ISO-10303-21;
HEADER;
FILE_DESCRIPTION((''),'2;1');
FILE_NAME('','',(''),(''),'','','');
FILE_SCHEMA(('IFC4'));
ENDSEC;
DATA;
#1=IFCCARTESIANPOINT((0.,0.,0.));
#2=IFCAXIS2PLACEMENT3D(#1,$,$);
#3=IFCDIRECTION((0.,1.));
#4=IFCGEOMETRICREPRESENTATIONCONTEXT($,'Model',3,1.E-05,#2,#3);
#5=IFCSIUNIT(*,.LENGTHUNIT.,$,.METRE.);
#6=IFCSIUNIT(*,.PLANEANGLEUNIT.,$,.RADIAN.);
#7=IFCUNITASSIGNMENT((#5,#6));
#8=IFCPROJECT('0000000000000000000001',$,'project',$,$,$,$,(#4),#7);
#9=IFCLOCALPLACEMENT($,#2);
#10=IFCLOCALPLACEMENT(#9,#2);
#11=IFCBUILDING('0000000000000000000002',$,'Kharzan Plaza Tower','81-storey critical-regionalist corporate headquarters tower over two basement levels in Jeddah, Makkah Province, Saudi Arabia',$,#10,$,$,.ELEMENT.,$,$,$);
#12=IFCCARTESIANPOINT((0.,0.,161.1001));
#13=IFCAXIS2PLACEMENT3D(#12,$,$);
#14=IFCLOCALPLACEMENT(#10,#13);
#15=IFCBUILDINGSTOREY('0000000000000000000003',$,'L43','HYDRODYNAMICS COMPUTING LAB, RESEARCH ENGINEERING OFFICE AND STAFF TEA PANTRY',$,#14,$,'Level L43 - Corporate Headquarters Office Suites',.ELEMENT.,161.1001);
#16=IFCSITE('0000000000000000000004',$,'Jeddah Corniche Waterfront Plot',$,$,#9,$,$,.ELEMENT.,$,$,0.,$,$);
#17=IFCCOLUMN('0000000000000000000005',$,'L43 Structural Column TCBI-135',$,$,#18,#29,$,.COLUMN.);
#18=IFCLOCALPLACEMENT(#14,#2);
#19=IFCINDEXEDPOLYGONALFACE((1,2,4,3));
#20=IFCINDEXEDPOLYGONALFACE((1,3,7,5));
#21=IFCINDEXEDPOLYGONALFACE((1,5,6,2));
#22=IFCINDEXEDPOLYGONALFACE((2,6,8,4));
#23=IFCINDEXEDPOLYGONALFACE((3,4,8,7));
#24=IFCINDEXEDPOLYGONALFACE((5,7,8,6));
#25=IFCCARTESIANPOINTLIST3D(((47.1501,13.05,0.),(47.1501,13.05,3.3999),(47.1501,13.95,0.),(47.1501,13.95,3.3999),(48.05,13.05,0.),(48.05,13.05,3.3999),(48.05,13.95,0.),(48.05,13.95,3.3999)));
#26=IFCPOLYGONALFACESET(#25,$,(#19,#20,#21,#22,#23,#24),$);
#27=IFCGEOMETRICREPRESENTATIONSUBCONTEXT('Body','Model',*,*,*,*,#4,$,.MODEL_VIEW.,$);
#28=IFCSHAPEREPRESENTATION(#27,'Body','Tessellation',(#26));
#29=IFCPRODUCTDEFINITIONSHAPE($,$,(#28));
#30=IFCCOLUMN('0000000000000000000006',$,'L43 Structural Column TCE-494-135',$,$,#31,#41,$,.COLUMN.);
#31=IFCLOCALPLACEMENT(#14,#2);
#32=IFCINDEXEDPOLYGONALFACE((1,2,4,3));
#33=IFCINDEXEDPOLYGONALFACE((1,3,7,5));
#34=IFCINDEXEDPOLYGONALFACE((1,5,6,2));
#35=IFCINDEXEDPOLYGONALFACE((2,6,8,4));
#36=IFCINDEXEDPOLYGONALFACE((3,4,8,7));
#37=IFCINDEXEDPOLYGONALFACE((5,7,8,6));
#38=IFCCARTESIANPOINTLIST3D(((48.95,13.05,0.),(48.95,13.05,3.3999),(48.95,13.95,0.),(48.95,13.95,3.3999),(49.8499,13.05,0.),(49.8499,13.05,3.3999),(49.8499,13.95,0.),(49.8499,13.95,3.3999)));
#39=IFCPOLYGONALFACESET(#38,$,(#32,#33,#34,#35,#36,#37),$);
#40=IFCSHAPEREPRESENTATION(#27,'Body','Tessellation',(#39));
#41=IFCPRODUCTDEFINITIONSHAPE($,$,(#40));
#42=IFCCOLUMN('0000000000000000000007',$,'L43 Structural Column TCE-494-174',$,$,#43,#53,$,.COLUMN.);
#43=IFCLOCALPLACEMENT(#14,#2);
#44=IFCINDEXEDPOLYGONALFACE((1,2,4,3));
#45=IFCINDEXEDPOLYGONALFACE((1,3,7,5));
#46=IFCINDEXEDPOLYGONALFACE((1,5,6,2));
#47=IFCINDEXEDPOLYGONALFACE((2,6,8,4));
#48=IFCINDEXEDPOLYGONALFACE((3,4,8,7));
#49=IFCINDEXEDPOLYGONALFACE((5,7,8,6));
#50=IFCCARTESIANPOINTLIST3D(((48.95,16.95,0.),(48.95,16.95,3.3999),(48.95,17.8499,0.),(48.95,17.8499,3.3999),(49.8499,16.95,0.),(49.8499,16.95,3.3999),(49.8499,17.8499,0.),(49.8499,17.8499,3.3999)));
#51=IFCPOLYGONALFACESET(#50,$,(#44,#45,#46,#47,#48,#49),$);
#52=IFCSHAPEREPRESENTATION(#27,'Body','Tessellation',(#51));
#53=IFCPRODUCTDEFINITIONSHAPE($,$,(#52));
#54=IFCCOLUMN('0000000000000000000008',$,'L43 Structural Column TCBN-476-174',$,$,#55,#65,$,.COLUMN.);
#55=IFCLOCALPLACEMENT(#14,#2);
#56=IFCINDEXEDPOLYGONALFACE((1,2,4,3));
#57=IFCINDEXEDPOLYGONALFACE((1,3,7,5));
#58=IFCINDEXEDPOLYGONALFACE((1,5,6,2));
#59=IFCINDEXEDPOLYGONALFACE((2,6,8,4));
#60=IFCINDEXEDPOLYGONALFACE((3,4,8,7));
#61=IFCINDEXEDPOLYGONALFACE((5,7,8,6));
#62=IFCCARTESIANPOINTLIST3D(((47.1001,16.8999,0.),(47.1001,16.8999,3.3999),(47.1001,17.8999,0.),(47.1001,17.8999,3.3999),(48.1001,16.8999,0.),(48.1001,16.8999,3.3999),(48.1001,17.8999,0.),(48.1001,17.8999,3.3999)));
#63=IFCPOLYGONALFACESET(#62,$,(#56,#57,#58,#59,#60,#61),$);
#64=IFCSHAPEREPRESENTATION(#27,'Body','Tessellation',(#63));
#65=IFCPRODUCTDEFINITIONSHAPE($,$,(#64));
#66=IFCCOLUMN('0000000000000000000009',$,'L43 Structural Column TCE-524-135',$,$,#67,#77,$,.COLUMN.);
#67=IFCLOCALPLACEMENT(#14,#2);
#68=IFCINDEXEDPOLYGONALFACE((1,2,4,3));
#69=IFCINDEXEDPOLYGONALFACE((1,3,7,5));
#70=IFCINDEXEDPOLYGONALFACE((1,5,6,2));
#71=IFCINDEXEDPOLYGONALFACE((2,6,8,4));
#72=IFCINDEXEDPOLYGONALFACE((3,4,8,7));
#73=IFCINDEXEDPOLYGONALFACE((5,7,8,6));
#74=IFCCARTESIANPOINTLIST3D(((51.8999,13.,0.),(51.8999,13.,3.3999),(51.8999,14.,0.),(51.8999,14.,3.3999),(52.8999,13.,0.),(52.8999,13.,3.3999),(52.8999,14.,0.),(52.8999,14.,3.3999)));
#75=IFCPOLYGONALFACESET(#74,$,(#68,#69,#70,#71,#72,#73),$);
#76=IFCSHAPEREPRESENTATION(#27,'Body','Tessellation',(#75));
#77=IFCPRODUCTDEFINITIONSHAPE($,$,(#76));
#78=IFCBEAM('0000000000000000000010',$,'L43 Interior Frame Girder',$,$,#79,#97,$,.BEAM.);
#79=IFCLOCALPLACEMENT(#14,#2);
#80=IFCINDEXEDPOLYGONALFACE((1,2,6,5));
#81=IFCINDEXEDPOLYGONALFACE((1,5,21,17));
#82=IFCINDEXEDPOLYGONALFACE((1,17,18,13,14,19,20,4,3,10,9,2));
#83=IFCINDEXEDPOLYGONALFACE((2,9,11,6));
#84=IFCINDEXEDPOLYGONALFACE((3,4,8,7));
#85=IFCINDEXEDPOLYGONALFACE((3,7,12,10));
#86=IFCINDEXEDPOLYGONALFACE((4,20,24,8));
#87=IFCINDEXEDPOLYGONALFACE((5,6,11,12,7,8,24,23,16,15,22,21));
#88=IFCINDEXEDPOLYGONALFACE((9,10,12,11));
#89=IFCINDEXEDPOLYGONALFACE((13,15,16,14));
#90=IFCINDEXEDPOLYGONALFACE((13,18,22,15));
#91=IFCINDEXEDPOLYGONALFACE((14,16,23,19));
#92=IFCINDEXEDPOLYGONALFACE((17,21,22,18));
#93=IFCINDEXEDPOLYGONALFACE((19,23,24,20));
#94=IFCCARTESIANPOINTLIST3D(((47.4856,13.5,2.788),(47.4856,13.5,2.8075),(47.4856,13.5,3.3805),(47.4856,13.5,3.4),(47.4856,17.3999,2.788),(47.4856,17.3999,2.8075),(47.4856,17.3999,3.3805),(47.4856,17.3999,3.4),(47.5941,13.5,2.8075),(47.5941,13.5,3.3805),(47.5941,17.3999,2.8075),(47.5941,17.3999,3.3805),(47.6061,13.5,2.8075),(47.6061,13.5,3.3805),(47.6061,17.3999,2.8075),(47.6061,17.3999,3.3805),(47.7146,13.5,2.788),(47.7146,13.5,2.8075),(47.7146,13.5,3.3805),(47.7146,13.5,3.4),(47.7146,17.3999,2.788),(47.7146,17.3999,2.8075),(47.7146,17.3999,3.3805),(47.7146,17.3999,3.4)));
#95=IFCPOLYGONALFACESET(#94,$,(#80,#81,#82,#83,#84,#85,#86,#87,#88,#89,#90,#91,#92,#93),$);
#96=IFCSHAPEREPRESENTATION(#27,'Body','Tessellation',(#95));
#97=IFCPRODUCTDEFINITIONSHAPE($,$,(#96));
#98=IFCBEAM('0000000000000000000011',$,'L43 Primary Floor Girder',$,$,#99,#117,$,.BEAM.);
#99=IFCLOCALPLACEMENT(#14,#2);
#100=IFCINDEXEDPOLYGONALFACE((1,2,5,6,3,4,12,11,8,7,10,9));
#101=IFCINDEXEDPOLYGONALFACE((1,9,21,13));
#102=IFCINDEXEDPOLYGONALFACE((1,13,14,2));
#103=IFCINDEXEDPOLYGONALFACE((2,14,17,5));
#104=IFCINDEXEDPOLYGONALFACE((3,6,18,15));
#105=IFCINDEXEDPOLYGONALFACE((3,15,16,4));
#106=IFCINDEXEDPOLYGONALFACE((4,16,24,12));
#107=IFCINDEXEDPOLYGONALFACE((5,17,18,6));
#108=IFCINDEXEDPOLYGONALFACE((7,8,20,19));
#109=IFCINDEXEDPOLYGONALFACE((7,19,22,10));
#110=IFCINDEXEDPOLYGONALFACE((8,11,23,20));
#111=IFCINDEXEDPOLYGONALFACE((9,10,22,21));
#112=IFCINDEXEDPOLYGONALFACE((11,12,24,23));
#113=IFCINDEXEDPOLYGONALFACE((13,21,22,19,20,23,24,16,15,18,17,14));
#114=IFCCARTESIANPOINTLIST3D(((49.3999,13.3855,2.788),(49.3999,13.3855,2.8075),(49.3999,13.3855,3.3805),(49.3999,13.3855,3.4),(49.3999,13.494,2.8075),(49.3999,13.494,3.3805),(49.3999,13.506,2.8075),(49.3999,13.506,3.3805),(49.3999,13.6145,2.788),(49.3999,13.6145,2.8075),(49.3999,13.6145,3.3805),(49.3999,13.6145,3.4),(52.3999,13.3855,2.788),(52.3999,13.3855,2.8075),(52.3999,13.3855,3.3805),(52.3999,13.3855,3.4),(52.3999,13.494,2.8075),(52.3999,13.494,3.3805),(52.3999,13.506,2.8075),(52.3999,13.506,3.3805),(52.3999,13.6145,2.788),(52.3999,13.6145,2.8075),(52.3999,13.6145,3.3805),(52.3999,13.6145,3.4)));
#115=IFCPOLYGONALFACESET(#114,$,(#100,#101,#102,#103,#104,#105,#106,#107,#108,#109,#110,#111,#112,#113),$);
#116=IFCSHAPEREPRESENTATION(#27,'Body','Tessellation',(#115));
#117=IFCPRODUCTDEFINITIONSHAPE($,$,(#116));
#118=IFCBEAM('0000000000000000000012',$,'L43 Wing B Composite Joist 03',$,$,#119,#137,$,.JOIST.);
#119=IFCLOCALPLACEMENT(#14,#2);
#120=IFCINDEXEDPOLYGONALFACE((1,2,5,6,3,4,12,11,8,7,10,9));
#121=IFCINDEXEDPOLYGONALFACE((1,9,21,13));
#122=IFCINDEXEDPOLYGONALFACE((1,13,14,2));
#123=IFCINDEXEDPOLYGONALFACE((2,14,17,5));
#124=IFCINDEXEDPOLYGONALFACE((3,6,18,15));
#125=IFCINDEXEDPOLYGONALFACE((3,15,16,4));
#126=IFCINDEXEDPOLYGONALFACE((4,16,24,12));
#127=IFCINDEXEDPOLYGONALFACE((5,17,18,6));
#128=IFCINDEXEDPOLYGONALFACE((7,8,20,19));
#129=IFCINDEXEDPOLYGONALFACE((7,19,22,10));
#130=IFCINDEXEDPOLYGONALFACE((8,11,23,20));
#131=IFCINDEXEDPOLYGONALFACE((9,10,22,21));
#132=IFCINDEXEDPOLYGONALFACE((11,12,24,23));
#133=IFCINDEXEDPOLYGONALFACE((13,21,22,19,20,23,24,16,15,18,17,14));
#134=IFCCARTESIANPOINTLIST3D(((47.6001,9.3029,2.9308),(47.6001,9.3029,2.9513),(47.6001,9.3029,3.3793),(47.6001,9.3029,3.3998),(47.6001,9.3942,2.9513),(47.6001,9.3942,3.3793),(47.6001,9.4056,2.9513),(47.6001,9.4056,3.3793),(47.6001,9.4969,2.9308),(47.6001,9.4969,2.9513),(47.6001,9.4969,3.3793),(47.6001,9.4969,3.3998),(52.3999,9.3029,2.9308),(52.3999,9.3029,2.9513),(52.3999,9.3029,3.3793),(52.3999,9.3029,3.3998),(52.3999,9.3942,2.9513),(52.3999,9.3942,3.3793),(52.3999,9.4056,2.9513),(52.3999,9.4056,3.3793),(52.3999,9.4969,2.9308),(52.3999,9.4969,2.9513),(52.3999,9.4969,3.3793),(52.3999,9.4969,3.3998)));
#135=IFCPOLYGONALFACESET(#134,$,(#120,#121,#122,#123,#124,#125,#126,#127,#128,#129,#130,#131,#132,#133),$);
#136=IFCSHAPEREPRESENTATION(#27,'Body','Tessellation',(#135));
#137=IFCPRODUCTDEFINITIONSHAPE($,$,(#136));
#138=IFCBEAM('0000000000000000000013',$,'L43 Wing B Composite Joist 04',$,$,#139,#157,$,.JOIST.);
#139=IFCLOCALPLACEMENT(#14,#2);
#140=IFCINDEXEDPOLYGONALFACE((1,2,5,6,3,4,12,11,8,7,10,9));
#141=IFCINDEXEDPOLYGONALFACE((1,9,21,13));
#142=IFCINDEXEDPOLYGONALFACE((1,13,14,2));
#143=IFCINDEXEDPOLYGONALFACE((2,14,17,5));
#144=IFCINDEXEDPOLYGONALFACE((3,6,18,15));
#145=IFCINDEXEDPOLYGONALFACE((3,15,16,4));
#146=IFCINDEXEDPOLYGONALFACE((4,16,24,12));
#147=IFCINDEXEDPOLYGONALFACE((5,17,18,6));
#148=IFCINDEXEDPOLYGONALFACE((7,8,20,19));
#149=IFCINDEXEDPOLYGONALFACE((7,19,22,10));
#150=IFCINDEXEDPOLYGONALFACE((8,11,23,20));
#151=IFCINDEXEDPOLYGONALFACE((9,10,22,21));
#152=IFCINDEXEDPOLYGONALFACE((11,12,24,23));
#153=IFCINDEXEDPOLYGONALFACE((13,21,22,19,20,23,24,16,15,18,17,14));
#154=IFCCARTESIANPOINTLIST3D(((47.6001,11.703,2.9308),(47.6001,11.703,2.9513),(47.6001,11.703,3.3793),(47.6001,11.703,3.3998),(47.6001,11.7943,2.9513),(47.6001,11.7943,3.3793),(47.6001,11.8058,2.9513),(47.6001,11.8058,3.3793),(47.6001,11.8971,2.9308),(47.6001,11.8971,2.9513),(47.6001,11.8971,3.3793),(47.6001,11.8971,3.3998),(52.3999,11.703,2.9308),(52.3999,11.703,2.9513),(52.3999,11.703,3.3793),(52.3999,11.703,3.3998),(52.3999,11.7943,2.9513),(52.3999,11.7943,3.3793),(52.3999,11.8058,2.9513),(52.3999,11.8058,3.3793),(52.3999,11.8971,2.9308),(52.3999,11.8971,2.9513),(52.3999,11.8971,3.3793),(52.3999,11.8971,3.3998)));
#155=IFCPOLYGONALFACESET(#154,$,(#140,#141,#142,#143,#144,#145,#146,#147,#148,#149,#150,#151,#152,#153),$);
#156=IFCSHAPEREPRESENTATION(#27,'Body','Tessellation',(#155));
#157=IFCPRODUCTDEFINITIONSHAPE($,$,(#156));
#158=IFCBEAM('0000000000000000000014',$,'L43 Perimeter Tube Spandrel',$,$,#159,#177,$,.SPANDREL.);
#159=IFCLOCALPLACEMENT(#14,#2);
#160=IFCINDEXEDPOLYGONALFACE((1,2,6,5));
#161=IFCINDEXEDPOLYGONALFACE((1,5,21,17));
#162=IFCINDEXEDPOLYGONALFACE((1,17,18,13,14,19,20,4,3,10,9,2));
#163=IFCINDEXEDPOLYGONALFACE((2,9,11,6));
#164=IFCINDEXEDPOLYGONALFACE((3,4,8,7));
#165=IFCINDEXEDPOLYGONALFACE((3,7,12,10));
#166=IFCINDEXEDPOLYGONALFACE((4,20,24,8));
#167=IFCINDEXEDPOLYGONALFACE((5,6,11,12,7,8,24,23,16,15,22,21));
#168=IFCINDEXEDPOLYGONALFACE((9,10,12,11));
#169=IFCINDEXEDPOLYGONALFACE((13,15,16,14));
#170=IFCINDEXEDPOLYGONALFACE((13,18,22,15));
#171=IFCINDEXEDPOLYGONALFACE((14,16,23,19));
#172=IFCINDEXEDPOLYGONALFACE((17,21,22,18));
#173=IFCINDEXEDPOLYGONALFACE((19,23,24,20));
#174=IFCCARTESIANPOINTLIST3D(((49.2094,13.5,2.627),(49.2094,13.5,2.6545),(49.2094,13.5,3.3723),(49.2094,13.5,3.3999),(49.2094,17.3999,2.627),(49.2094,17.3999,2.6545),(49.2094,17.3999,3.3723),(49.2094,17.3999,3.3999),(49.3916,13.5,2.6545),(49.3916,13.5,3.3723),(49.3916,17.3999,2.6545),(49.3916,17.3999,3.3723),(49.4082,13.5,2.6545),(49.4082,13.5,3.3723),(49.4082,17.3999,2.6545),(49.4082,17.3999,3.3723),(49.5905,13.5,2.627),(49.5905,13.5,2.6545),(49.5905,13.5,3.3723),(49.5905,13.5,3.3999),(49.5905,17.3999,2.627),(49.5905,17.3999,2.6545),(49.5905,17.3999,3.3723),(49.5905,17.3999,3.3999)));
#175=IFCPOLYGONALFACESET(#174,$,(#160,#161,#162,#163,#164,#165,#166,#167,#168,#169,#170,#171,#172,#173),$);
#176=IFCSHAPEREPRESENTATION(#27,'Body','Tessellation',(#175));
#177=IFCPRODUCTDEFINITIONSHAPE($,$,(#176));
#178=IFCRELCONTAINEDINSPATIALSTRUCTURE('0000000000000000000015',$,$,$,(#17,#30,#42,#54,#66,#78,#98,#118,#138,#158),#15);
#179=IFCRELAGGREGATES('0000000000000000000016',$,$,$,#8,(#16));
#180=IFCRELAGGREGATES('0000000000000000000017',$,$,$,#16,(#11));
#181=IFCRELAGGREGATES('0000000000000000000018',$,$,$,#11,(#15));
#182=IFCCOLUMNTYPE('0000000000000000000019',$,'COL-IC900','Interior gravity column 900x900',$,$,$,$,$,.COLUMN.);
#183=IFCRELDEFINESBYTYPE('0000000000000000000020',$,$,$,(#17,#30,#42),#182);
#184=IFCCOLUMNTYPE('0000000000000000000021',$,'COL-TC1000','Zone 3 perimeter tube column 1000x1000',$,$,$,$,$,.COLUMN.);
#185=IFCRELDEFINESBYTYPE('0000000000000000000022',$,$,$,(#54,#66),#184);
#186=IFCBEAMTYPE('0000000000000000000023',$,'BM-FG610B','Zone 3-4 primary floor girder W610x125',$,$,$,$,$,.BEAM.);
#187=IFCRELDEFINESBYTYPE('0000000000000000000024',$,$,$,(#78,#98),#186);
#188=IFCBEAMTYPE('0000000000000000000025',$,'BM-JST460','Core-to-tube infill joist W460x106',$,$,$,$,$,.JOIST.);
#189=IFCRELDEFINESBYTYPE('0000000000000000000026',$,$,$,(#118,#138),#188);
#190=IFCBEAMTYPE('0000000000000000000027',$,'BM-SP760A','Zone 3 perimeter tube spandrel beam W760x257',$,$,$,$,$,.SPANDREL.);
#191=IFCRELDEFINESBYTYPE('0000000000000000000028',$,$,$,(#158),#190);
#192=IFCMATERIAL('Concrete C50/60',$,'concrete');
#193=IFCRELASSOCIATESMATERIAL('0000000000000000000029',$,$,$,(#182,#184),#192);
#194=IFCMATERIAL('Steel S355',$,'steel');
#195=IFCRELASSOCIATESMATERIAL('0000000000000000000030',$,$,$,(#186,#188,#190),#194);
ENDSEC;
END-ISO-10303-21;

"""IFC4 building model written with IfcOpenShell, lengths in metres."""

from ifc_helpers import new_model, si_unit, direction, frame, origin, origin_2d, place, context, subcontext, project, spatial, rectangle, i_section, extrude, source, transform, mapped, material, material_profile, profile_set, type_object, element, save


model = new_model("IFC4")

# Units and contexts
model_context = context("Model", 3, precision=1e-05, world=origin(), true_north=direction((0.0, 1.0)))
body_context = subcontext(model_context, "Body", "Model", "MODEL_VIEW")
ifc_project = project(units=[si_unit("LENGTHUNIT", "METRE"), si_unit("PLANEANGLEUNIT", "RADIAN")], contexts=[model_context])

# Site, building, storey
site_placement = place(None, origin())
site = spatial("IfcSite", under=ifc_project, at=site_placement, Name="Jeddah Corniche Waterfront Plot", CompositionType="ELEMENT", RefElevation=0.0)
building_placement = place(site_placement, origin())
building = spatial("IfcBuilding", under=site, at=building_placement, Name="Kharzan Plaza Tower", Description="81-storey critical-regionalist corporate headquarters tower over two basement levels in Jeddah, Makkah Province, Saudi Arabia", CompositionType="ELEMENT")
storey_placement = place(building_placement, frame((0.0, 0.0, 161.1001)))
storey = spatial("IfcBuildingStorey", under=building, at=storey_placement, Name="L43", Description="HYDRODYNAMICS COMPUTING LAB, RESEARCH ENGINEERING OFFICE AND STAFF TEA PANTRY", LongName="Level L43 - Corporate Headquarters Office Suites", CompositionType="ELEMENT", Elevation=161.1001)

# Columns
ifc_material_1 = material(Name="Concrete C50/60", Category="concrete")
ifc_material_profile_1 = material_profile(ifc_material_1, rectangle(XDim=0.8999, YDim=0.8999, at=origin_2d()), Name="RC-IC900x900")
ifc_profile_set_1 = profile_set([ifc_material_profile_1], Name="Concrete C50/60")
column_type_1 = type_object("IfcColumnType", Name="COL-IC900", Description="Interior gravity column 900x900", PredefinedType="COLUMN", material=ifc_profile_set_1)
shared_shape_1 = source(origin(), body_context, "Body", "SweptSolid", [
    extrude(rectangle(XDim=0.8999, YDim=0.8999, at=origin_2d()), origin(), (0.0, 0.0, 1.0), 3.3999),
])
for number, where, z_axis, x_axis, name in (
    (1, (47.6001, 13.5, 0.0), (0.0, 0.0, 1.0), (1.0, 0.0, 0.0), "L43 Structural Column TCBI-135"),
    (2, (49.3999, 13.5, 0.0), (0.0, 0.0, 1.0), (1.0, 0.0, 0.0), "L43 Structural Column TCE-494-135"),
    (3, (49.3999, 17.3999, 0.0), (0.0, 0.0, 1.0), (1.0, 0.0, 0.0), "L43 Structural Column TCE-494-174"),
):
    element("IfcColumn", number, at=place(storey_placement, frame(where, z_axis=z_axis, x_axis=x_axis)), inside=storey, type_object=column_type_1, Name=name, PredefinedType="COLUMN", context=body_context, shape_type="MappedRepresentation", body=[
        mapped(shared_shape_1, transform((0.0, 0.0, 0.0), x_axis=(1.0, 0.0, 0.0), y_axis=(0.0, 1.0, 0.0), z_axis=(0.0, 0.0, 1.0))),
    ])
ifc_material_profile_2 = material_profile(ifc_material_1, rectangle(XDim=1.0, YDim=1.0, at=origin_2d()), Name="RC-TC1000x1000")
ifc_profile_set_2 = profile_set([ifc_material_profile_2], Name="Concrete C50/60")
column_type_2 = type_object("IfcColumnType", Name="COL-TC1000", Description="Zone 3 perimeter tube column 1000x1000", PredefinedType="COLUMN", material=ifc_profile_set_2)
shared_shape_2 = source(origin(), body_context, "Body", "SweptSolid", [
    extrude(rectangle(XDim=1.0, YDim=1.0, at=origin_2d()), origin(), (0.0, 0.0, 1.0), 3.3999),
])
for number, where, z_axis, x_axis, name in (
    (4, (47.6001, 17.3999, 0.0), (0.0, 0.0, 1.0), (1.0, 0.0, 0.0), "L43 Structural Column TCBN-476-174"),
    (5, (52.3999, 13.5, 0.0), (0.0, 0.0, 1.0), (1.0, 0.0, 0.0), "L43 Structural Column TCE-524-135"),
):
    element("IfcColumn", number, at=place(storey_placement, frame(where, z_axis=z_axis, x_axis=x_axis)), inside=storey, type_object=column_type_2, Name=name, PredefinedType="COLUMN", context=body_context, shape_type="MappedRepresentation", body=[
        mapped(shared_shape_2, transform((0.0, 0.0, 0.0), x_axis=(1.0, 0.0, 0.0), y_axis=(0.0, 1.0, 0.0), z_axis=(0.0, 0.0, 1.0))),
    ])

# Beams
ifc_material_2 = material(Name="Steel S355", Category="steel")
ifc_material_profile_3 = material_profile(ifc_material_2, i_section(OverallWidth=0.229, OverallDepth=0.6121, WebThickness=0.012, FlangeThickness=0.0195, at=origin_2d()), Name="W610x125")
ifc_profile_set_3 = profile_set([ifc_material_profile_3], Name="Steel S355")
beam_type_1 = type_object("IfcBeamType", Name="BM-FG610B", Description="Zone 3-4 primary floor girder W610x125", PredefinedType="BEAM", material=ifc_profile_set_3)
shared_shape_3 = source(origin(), body_context, "Body", "SweptSolid", [
    extrude(i_section(OverallWidth=0.229, OverallDepth=0.6121, WebThickness=0.012, FlangeThickness=0.0195, at=origin_2d()), origin(), (0.0, 0.0, 1.0), 3.8999),
])
beam_1_placement = place(storey_placement, frame((47.6001, 13.5, 3.094), z_axis=(0.0, 1.0, 0.0), x_axis=(-1.0, 0.0, 0.0)))
element("IfcBeam", 6, at=beam_1_placement, inside=storey, type_object=beam_type_1, Name="L43 Interior Frame Girder", PredefinedType="BEAM", context=body_context, shape_type="MappedRepresentation", body=[
    mapped(shared_shape_3, transform((0.0, 0.0, 0.0), x_axis=(1.0, 0.0, 0.0), y_axis=(0.0, 1.0, 0.0), z_axis=(0.0, 0.0, 1.0))),
])
shared_shape_4 = source(origin(), body_context, "Body", "SweptSolid", [
    extrude(i_section(OverallWidth=0.229, OverallDepth=0.6121, WebThickness=0.012, FlangeThickness=0.0195, at=origin_2d()), origin(), (0.0, 0.0, 1.0), 3.0),
])
beam_2_placement = place(storey_placement, frame((49.3999, 13.5, 3.094), z_axis=(1.0, 0.0, 0.0), x_axis=(0.0, 1.0, 0.0)))
element("IfcBeam", 7, at=beam_2_placement, inside=storey, type_object=beam_type_1, Name="L43 Primary Floor Girder", PredefinedType="BEAM", context=body_context, shape_type="MappedRepresentation", body=[
    mapped(shared_shape_4, transform((0.0, 0.0, 0.0), x_axis=(1.0, 0.0, 0.0), y_axis=(0.0, 1.0, 0.0), z_axis=(0.0, 0.0, 1.0))),
])
ifc_material_profile_4 = material_profile(ifc_material_2, i_section(OverallWidth=0.1941, OverallDepth=0.469, WebThickness=0.0115, FlangeThickness=0.0205, at=origin_2d()), Name="W460x106")
ifc_profile_set_4 = profile_set([ifc_material_profile_4], Name="Steel S355")
beam_type_2 = type_object("IfcBeamType", Name="BM-JST460", Description="Core-to-tube infill joist W460x106", PredefinedType="JOIST", material=ifc_profile_set_4)
shared_shape_5 = source(origin(), body_context, "Body", "SweptSolid", [
    extrude(i_section(OverallWidth=0.1941, OverallDepth=0.469, WebThickness=0.0115, FlangeThickness=0.0205, at=origin_2d()), origin(), (0.0, 0.0, 1.0), 4.7998),
])
for number, where, z_axis, x_axis, name in (
    (8, (47.6001, 9.3999, 3.1653), (1.0, 0.0, 0.0), (0.0, 1.0, 0.0), "L43 Wing B Composite Joist 03"),
    (9, (47.6001, 11.8, 3.1653), (1.0, 0.0, 0.0), (0.0, 1.0, 0.0), "L43 Wing B Composite Joist 04"),
):
    element("IfcBeam", number, at=place(storey_placement, frame(where, z_axis=z_axis, x_axis=x_axis)), inside=storey, type_object=beam_type_2, Name=name, PredefinedType="JOIST", context=body_context, shape_type="MappedRepresentation", body=[
        mapped(shared_shape_5, transform((0.0, 0.0, 0.0), x_axis=(1.0, 0.0, 0.0), y_axis=(0.0, 1.0, 0.0), z_axis=(0.0, 0.0, 1.0))),
    ])
ifc_material_profile_5 = material_profile(ifc_material_2, i_section(OverallWidth=0.3811, OverallDepth=0.7729, WebThickness=0.0166, FlangeThickness=0.0276, at=origin_2d()), Name="W760x257")
ifc_profile_set_5 = profile_set([ifc_material_profile_5], Name="Steel S355")
beam_type_3 = type_object("IfcBeamType", Name="BM-SP760A", Description="Zone 3 perimeter tube spandrel beam W760x257", PredefinedType="SPANDREL", material=ifc_profile_set_5)
shared_shape_6 = source(origin(), body_context, "Body", "SweptSolid", [
    extrude(i_section(OverallWidth=0.3811, OverallDepth=0.7729, WebThickness=0.0166, FlangeThickness=0.0276, at=origin_2d()), origin(), (0.0, 0.0, 1.0), 3.8999),
])
beam_3_placement = place(storey_placement, frame((49.3999, 13.5, 3.0134), z_axis=(0.0, 1.0, 0.0), x_axis=(-1.0, 0.0, 0.0)))
element("IfcBeam", 10, at=beam_3_placement, inside=storey, type_object=beam_type_3, Name="L43 Perimeter Tube Spandrel", PredefinedType="SPANDREL", context=body_context, shape_type="MappedRepresentation", body=[
    mapped(shared_shape_6, transform((0.0, 0.0, 0.0), x_axis=(1.0, 0.0, 0.0), y_axis=(0.0, 1.0, 0.0), z_axis=(0.0, 0.0, 1.0))),
])

save(model, "model.ifc")
